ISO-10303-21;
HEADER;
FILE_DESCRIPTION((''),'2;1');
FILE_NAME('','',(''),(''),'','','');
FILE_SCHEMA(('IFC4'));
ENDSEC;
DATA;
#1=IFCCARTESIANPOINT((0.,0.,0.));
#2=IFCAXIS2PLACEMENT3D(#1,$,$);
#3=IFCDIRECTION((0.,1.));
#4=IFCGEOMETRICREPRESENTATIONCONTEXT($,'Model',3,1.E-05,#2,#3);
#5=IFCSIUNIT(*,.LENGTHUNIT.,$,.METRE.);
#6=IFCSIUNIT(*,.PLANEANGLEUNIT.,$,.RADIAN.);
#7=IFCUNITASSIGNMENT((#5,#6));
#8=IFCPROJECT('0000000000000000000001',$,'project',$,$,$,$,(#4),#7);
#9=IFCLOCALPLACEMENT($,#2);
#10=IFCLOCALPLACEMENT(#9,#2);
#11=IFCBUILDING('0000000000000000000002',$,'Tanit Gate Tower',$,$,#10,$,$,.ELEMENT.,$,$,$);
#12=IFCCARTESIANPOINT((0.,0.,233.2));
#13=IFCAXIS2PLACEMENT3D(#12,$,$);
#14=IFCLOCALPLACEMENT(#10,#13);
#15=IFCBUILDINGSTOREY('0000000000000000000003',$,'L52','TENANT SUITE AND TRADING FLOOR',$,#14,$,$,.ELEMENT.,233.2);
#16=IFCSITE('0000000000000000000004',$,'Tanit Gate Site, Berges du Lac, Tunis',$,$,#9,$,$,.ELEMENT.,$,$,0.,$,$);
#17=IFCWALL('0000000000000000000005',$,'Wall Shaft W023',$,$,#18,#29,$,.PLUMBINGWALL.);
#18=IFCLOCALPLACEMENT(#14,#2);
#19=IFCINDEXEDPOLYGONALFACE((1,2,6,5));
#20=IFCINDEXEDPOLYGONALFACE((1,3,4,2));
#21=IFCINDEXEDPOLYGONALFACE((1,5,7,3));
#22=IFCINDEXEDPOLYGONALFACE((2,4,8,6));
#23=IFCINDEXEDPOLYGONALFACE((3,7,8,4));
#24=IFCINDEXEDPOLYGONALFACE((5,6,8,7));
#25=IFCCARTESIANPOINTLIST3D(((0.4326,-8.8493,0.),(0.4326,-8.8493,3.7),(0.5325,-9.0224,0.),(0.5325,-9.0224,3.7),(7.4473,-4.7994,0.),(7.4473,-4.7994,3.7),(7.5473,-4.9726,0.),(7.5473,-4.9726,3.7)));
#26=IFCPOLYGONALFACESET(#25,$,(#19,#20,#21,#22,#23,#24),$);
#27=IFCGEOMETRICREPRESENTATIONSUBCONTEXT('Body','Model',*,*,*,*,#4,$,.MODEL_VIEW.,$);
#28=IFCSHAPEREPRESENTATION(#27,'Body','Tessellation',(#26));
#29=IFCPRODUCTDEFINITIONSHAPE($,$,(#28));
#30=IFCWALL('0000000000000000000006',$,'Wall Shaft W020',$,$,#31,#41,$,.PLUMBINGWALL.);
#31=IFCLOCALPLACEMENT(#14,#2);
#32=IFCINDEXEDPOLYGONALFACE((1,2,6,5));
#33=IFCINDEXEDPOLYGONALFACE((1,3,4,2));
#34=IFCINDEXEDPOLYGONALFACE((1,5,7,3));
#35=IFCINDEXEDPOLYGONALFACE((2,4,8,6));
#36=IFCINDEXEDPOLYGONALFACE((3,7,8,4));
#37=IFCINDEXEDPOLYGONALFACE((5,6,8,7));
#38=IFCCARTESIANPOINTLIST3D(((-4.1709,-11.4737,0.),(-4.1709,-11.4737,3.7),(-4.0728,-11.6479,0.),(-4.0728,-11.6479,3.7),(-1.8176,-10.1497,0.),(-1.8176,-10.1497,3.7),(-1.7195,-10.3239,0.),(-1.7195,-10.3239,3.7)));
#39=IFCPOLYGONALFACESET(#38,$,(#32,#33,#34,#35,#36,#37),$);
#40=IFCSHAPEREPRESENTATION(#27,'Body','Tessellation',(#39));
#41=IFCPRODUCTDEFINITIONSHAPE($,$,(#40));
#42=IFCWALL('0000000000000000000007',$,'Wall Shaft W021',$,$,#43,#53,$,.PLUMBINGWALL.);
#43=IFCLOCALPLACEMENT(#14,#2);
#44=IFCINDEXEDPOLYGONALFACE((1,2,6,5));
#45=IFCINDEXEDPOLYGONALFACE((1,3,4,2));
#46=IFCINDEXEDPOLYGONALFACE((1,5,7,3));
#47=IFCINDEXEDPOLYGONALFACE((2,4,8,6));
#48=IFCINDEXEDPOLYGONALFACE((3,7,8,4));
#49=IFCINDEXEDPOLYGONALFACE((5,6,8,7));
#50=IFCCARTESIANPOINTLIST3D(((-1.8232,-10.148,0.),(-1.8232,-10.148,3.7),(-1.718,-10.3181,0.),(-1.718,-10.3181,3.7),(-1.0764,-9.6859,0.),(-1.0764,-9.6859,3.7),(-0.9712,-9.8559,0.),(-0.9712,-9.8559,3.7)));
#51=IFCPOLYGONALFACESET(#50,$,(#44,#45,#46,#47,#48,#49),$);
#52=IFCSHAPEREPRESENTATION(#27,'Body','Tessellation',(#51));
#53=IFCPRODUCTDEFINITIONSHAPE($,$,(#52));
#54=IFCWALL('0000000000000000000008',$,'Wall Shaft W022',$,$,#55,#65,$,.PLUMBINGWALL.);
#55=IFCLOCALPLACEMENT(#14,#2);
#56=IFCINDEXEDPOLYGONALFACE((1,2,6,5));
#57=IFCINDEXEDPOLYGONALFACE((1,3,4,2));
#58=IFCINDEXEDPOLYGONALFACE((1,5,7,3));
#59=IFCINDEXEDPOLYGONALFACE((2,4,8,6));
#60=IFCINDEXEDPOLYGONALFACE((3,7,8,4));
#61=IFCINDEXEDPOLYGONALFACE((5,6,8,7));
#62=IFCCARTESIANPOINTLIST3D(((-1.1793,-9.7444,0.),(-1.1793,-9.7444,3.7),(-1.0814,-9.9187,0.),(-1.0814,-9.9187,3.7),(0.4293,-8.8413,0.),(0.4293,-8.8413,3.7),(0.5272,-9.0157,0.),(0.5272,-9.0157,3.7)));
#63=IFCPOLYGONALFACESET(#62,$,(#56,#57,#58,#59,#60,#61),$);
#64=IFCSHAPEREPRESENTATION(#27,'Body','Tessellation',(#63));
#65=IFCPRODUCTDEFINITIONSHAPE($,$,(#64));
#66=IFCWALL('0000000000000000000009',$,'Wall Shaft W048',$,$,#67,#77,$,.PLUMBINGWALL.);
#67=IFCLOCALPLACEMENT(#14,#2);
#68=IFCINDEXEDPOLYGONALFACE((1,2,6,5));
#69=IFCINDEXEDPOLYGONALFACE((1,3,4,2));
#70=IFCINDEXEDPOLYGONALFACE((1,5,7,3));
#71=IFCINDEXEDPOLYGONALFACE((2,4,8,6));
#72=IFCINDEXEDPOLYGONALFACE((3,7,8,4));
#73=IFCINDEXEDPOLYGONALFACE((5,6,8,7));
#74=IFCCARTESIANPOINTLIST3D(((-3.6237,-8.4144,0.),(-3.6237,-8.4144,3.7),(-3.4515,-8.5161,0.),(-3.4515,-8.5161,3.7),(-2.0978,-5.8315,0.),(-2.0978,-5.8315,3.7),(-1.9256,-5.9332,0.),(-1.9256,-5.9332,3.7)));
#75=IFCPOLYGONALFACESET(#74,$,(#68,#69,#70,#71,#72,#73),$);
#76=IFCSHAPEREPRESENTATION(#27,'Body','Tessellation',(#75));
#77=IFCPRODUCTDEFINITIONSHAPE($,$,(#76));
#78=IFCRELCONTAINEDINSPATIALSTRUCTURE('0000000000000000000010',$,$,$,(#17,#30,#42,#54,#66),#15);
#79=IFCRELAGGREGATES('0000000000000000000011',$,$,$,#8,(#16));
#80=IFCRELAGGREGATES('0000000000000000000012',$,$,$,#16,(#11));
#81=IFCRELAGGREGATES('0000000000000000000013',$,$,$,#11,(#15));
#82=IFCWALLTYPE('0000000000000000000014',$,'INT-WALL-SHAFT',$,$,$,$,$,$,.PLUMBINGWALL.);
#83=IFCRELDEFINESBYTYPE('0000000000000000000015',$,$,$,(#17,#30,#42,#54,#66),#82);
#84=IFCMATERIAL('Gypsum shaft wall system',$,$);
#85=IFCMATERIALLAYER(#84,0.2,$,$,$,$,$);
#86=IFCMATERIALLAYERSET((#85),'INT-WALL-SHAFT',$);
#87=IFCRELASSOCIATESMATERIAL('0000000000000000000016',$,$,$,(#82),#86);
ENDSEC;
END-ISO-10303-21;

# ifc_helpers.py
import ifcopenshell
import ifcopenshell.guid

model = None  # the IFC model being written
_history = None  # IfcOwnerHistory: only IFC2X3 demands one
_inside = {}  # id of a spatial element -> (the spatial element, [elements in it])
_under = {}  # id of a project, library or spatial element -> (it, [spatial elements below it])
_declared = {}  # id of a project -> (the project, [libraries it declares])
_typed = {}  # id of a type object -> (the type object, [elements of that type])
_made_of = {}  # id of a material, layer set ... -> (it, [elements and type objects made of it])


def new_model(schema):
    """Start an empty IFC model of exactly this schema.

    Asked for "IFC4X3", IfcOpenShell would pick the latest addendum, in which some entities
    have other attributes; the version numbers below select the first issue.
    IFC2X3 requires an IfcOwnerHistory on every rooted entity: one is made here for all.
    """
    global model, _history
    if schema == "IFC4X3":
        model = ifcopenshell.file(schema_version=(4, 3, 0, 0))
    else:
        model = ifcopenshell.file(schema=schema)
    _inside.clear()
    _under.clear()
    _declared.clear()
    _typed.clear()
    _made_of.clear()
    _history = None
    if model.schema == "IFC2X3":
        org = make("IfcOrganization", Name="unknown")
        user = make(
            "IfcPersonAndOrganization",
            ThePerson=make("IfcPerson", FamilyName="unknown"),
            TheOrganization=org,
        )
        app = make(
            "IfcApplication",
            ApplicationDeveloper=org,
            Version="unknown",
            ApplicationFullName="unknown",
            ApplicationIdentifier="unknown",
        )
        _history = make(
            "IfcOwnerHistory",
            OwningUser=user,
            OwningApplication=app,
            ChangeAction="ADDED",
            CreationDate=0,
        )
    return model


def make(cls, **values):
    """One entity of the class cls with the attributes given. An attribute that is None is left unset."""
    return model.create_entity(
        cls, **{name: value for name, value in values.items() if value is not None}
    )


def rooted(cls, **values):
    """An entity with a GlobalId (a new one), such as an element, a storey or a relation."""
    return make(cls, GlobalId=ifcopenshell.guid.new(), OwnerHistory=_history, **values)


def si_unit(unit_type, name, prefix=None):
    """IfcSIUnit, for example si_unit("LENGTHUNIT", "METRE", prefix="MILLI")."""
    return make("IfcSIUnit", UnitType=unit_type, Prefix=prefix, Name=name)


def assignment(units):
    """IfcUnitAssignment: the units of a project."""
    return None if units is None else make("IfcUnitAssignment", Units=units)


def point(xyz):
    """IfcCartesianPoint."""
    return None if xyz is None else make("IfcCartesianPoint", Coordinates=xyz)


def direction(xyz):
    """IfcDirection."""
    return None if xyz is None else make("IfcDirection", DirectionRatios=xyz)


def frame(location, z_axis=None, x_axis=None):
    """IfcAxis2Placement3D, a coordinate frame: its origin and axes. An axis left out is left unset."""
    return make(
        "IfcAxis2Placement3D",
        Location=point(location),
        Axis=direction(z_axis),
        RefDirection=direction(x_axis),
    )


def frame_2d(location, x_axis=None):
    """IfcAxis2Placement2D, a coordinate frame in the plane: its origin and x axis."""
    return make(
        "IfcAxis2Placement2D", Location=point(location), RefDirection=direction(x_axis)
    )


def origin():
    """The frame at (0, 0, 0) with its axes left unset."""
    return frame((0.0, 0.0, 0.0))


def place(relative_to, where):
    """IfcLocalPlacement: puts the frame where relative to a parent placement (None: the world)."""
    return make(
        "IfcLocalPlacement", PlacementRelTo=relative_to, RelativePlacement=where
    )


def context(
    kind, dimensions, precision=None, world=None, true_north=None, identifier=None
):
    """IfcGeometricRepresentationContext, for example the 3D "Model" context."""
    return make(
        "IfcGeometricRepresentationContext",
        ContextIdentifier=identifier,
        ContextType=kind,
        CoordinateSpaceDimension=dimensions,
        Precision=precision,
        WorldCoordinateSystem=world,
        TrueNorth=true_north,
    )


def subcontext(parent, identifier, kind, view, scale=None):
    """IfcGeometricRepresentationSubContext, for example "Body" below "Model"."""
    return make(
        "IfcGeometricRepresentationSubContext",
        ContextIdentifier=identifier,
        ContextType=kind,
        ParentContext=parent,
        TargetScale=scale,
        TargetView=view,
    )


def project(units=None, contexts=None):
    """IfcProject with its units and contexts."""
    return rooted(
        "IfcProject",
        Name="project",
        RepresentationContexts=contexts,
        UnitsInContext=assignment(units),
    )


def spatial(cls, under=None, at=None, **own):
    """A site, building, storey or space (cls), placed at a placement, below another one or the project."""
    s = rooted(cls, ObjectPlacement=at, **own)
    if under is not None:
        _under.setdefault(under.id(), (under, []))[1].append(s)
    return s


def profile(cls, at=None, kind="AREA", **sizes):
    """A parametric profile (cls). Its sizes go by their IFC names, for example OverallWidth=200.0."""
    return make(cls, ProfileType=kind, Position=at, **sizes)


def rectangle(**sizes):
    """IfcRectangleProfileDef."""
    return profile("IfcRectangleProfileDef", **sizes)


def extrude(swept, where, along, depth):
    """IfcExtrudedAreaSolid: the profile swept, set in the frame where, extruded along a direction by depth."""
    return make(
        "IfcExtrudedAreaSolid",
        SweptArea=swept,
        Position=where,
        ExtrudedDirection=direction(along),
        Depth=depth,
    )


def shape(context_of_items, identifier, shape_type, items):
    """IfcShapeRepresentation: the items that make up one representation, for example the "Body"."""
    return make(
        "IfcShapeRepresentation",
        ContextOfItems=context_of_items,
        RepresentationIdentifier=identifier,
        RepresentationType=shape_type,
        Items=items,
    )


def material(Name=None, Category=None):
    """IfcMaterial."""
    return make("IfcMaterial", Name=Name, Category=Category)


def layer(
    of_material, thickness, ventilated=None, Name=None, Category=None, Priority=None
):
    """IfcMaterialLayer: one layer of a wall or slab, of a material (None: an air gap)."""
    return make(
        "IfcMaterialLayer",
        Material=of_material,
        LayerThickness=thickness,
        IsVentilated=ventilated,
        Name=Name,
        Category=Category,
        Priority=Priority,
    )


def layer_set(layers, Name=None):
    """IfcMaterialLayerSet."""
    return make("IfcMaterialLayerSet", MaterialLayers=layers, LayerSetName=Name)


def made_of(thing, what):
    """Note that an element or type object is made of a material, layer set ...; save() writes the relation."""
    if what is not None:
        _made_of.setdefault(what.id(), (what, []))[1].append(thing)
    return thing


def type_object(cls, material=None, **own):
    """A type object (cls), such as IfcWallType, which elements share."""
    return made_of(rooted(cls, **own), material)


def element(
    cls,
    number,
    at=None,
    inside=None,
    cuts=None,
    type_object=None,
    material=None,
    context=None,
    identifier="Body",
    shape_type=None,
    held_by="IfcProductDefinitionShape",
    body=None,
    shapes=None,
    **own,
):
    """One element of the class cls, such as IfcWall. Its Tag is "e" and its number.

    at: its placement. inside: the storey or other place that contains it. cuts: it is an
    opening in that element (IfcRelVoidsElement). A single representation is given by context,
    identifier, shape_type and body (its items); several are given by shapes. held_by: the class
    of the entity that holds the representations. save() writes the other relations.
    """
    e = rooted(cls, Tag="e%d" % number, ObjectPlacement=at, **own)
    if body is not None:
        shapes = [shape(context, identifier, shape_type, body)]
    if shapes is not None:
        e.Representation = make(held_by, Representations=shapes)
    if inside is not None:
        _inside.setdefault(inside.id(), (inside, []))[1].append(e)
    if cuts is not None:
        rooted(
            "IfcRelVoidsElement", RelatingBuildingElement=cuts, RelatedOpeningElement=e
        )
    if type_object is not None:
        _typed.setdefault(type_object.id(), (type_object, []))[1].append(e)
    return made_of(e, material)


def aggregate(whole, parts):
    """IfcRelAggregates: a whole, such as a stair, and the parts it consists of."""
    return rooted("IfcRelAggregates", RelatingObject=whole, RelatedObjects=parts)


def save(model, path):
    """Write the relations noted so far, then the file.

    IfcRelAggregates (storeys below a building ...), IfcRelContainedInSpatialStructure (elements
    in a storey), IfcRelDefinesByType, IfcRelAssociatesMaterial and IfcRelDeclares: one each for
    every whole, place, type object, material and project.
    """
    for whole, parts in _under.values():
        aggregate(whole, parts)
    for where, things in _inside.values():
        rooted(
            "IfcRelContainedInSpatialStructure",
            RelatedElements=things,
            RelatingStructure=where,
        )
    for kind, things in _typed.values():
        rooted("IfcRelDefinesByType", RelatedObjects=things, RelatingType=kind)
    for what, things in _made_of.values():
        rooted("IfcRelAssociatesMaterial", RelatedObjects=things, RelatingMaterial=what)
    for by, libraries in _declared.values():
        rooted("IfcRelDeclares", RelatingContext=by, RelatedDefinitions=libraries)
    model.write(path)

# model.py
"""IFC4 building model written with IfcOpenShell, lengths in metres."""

from ifc_helpers import new_model, si_unit, direction, frame, frame_2d, origin, place, context, subcontext, project, spatial, rectangle, extrude, material, layer, layer_set, type_object, element, save


model = new_model("IFC4")

# Units and contexts
model_context = context("Model", 3, precision=1e-05, world=origin(), true_north=direction((0.0, 1.0)))
body_context = subcontext(model_context, "Body", "Model", "MODEL_VIEW")
ifc_project = project(units=[si_unit("LENGTHUNIT", "METRE"), si_unit("PLANEANGLEUNIT", "RADIAN")], contexts=[model_context])

# Site, building, storey
site_placement = place(None, origin())
site = spatial("IfcSite", under=ifc_project, at=site_placement, Name="Tanit Gate Site, Berges du Lac, Tunis", CompositionType="ELEMENT", RefElevation=0.0)
building_placement = place(site_placement, origin())
building = spatial("IfcBuilding", under=site, at=building_placement, Name="Tanit Gate Tower", CompositionType="ELEMENT")
storey_placement = place(building_placement, frame((0.0, 0.0, 233.2)))
storey = spatial("IfcBuildingStorey", under=building, at=storey_placement, Name="L52", Description="TENANT SUITE AND TRADING FLOOR", CompositionType="ELEMENT", Elevation=233.2)

# Walls
ifc_material_1 = material(Name="Gypsum shaft wall system")
ifc_layer_1 = layer(ifc_material_1, 0.2)
ifc_layer_set_1 = layer_set([ifc_layer_1], Name="INT-WALL-SHAFT")
wall_type_1 = type_object("IfcWallType", Name="INT-WALL-SHAFT", PredefinedType="PLUMBINGWALL", material=ifc_layer_set_1)
wall_1_placement = place(storey_placement, frame((0.4827, -8.9358, 0.0), z_axis=(0.0, 0.0, 1.0), x_axis=(0.866031, 0.49999, 0.0)))
element("IfcWall", 1, at=wall_1_placement, inside=storey, type_object=wall_type_1, Name="Wall Shaft W023", PredefinedType="PLUMBINGWALL", context=body_context, shape_type="SweptSolid", body=[
    extrude(rectangle(XDim=8.0999, YDim=0.2, at=frame_2d((4.0498, 0.0))), origin(), (0.0, 0.0, 1.0), 3.7),
])
wall_2_placement = place(storey_placement, frame((-1.7686, -10.2368, 0.0), z_axis=(0.0, 0.0, 1.0), x_axis=(-0.871534, -0.490334, 0.0)))
element("IfcWall", 2, at=wall_2_placement, inside=storey, type_object=wall_type_1, Name="Wall Shaft W020", PredefinedType="PLUMBINGWALL", context=body_context, shape_type="SweptSolid", body=[
    extrude(rectangle(XDim=2.7002, YDim=0.2, at=frame_2d((1.3501, 0.0))), origin(), (0.0, 0.0, 1.0), 3.7),
])
wall_3_placement = place(storey_placement, frame((-1.0239, -9.771, 0.0), z_axis=(0.0, 0.0, 1.0), x_axis=(-0.850348, -0.526221, 0.0)))
element("IfcWall", 3, at=wall_3_placement, inside=storey, type_object=wall_type_1, Name="Wall Shaft W021", PredefinedType="PLUMBINGWALL", context=body_context, shape_type="SweptSolid", body=[
    extrude(rectangle(XDim=0.8782, YDim=0.2, at=frame_2d((0.439, 0.0))), origin(), (0.0, 0.0, 1.0), 3.7),
])
wall_4_placement = place(storey_placement, frame((-1.1304, -9.8315, 0.0), z_axis=(0.0, 0.0, 1.0), x_axis=(0.871989, 0.489526, 0.0)))
element("IfcWall", 4, at=wall_4_placement, inside=storey, type_object=wall_type_1, Name="Wall Shaft W022", PredefinedType="PLUMBINGWALL", context=body_context, shape_type="SweptSolid", body=[
    extrude(rectangle(XDim=1.8447, YDim=0.2, at=frame_2d((0.9224, 0.0))), origin(), (0.0, 0.0, 1.0), 3.7),
])
wall_5_placement = place(storey_placement, frame((-2.0117, -5.8823, 0.0), z_axis=(0.0, 0.0, 1.0), x_axis=(-0.50862, -0.860991, 0.0)))
element("IfcWall", 5, at=wall_5_placement, inside=storey, type_object=wall_type_1, Name="Wall Shaft W048", PredefinedType="PLUMBINGWALL", context=body_context, shape_type="SweptSolid", body=[
    extrude(rectangle(XDim=3.0, YDim=0.2, at=frame_2d((1.5, 0.0))), origin(), (0.0, 0.0, 1.0), 3.7),
])

save(model, "model.ifc")
